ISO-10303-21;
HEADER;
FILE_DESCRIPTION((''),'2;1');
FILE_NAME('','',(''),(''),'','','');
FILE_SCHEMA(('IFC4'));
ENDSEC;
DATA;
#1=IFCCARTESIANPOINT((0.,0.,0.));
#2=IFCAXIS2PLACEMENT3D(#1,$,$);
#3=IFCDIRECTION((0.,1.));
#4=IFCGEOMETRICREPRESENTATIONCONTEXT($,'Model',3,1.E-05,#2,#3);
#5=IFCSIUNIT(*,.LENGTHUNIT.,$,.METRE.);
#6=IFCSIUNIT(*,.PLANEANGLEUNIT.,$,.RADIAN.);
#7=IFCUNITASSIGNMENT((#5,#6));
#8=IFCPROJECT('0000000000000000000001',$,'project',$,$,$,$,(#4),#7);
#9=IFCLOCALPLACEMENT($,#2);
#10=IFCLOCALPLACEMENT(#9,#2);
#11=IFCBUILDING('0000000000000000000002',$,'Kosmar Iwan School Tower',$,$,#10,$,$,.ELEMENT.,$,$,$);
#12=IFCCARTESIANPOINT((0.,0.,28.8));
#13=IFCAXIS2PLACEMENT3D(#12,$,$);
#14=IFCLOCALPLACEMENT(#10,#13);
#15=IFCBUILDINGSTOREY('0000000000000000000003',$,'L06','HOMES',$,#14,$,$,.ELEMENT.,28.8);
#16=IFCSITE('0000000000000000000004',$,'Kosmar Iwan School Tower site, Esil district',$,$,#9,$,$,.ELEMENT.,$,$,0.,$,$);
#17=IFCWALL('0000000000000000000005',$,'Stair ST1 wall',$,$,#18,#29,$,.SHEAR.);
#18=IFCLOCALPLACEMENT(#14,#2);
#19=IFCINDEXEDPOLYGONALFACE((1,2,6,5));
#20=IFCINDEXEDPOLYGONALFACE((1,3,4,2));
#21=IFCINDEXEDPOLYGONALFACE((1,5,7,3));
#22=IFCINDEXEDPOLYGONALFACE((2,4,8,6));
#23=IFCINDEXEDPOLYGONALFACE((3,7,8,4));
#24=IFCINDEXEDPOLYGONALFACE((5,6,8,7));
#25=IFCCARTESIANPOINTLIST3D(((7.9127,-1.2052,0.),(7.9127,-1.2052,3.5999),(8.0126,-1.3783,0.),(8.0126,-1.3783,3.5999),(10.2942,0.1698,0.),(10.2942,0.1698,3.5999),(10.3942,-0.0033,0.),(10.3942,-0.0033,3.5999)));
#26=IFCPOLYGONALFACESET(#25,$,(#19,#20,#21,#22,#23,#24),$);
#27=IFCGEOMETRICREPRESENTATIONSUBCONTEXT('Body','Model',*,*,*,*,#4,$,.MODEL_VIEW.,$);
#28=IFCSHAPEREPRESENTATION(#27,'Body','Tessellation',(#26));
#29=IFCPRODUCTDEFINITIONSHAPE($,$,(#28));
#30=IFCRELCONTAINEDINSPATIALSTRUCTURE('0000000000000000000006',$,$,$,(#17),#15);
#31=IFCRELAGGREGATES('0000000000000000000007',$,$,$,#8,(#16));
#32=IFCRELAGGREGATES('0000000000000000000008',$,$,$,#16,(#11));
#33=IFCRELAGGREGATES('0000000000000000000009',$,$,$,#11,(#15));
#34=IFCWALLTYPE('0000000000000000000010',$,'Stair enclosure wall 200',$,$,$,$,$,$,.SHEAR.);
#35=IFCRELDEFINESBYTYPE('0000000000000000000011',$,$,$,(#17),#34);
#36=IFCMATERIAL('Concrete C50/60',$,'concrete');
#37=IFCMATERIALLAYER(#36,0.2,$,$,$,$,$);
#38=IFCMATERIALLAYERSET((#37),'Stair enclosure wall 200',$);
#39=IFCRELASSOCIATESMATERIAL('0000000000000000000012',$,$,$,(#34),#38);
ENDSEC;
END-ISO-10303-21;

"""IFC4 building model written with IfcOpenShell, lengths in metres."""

from ifc_helpers import new_model, si_unit, direction, frame, frame_2d, origin, place, context, subcontext, project, spatial, rectangle, extrude, material, layer, layer_set, type_object, element, save


model = new_model("IFC4")

# Units and contexts
model_context = context("Model", 3, precision=1e-05, world=origin(), true_north=direction((0.0, 1.0)))
body_context = subcontext(model_context, "Body", "Model", "MODEL_VIEW")
ifc_project = project(units=[si_unit("LENGTHUNIT", "METRE"), si_unit("PLANEANGLEUNIT", "RADIAN")], contexts=[model_context])

# Site, building, storey
site_placement = place(None, origin())
site = spatial("IfcSite", under=ifc_project, at=site_placement, Name="Kosmar Iwan School Tower site, Esil district", CompositionType="ELEMENT", RefElevation=0.0)
building_placement = place(site_placement, origin())
building = spatial("IfcBuilding", under=site, at=building_placement, Name="Kosmar Iwan School Tower", CompositionType="ELEMENT")
storey_placement = place(building_placement, frame((0.0, 0.0, 28.8)))
storey = spatial("IfcBuildingStorey", under=building, at=storey_placement, Name="L06", Description="HOMES", CompositionType="ELEMENT", Elevation=28.8)

# Wall
ifc_material_1 = material(Name="Concrete C50/60", Category="concrete")
ifc_layer_1 = layer(ifc_material_1, 0.2)
ifc_layer_set_1 = layer_set([ifc_layer_1], Name="Stair enclosure wall 200")
wall_type_1 = type_object("IfcWallType", Name="Stair enclosure wall 200", PredefinedType="SHEAR", material=ifc_layer_set_1)
wall_1_placement = place(storey_placement, frame((7.9626, -1.2917, 0.0), z_axis=(0.0, 0.0, 1.0), x_axis=(0.866027, 0.499997, 0.0)))
element("IfcWall", 1, at=wall_1_placement, inside=storey, type_object=wall_type_1, Name="Stair ST1 wall", PredefinedType="SHEAR", context=body_context, shape_type="SweptSolid", body=[
    extrude(rectangle(XDim=2.75, YDim=0.2, at=frame_2d((1.375, 0.0))), origin(), (0.0, 0.0, 1.0), 3.5999),
])

save(model, "model.ifc")
